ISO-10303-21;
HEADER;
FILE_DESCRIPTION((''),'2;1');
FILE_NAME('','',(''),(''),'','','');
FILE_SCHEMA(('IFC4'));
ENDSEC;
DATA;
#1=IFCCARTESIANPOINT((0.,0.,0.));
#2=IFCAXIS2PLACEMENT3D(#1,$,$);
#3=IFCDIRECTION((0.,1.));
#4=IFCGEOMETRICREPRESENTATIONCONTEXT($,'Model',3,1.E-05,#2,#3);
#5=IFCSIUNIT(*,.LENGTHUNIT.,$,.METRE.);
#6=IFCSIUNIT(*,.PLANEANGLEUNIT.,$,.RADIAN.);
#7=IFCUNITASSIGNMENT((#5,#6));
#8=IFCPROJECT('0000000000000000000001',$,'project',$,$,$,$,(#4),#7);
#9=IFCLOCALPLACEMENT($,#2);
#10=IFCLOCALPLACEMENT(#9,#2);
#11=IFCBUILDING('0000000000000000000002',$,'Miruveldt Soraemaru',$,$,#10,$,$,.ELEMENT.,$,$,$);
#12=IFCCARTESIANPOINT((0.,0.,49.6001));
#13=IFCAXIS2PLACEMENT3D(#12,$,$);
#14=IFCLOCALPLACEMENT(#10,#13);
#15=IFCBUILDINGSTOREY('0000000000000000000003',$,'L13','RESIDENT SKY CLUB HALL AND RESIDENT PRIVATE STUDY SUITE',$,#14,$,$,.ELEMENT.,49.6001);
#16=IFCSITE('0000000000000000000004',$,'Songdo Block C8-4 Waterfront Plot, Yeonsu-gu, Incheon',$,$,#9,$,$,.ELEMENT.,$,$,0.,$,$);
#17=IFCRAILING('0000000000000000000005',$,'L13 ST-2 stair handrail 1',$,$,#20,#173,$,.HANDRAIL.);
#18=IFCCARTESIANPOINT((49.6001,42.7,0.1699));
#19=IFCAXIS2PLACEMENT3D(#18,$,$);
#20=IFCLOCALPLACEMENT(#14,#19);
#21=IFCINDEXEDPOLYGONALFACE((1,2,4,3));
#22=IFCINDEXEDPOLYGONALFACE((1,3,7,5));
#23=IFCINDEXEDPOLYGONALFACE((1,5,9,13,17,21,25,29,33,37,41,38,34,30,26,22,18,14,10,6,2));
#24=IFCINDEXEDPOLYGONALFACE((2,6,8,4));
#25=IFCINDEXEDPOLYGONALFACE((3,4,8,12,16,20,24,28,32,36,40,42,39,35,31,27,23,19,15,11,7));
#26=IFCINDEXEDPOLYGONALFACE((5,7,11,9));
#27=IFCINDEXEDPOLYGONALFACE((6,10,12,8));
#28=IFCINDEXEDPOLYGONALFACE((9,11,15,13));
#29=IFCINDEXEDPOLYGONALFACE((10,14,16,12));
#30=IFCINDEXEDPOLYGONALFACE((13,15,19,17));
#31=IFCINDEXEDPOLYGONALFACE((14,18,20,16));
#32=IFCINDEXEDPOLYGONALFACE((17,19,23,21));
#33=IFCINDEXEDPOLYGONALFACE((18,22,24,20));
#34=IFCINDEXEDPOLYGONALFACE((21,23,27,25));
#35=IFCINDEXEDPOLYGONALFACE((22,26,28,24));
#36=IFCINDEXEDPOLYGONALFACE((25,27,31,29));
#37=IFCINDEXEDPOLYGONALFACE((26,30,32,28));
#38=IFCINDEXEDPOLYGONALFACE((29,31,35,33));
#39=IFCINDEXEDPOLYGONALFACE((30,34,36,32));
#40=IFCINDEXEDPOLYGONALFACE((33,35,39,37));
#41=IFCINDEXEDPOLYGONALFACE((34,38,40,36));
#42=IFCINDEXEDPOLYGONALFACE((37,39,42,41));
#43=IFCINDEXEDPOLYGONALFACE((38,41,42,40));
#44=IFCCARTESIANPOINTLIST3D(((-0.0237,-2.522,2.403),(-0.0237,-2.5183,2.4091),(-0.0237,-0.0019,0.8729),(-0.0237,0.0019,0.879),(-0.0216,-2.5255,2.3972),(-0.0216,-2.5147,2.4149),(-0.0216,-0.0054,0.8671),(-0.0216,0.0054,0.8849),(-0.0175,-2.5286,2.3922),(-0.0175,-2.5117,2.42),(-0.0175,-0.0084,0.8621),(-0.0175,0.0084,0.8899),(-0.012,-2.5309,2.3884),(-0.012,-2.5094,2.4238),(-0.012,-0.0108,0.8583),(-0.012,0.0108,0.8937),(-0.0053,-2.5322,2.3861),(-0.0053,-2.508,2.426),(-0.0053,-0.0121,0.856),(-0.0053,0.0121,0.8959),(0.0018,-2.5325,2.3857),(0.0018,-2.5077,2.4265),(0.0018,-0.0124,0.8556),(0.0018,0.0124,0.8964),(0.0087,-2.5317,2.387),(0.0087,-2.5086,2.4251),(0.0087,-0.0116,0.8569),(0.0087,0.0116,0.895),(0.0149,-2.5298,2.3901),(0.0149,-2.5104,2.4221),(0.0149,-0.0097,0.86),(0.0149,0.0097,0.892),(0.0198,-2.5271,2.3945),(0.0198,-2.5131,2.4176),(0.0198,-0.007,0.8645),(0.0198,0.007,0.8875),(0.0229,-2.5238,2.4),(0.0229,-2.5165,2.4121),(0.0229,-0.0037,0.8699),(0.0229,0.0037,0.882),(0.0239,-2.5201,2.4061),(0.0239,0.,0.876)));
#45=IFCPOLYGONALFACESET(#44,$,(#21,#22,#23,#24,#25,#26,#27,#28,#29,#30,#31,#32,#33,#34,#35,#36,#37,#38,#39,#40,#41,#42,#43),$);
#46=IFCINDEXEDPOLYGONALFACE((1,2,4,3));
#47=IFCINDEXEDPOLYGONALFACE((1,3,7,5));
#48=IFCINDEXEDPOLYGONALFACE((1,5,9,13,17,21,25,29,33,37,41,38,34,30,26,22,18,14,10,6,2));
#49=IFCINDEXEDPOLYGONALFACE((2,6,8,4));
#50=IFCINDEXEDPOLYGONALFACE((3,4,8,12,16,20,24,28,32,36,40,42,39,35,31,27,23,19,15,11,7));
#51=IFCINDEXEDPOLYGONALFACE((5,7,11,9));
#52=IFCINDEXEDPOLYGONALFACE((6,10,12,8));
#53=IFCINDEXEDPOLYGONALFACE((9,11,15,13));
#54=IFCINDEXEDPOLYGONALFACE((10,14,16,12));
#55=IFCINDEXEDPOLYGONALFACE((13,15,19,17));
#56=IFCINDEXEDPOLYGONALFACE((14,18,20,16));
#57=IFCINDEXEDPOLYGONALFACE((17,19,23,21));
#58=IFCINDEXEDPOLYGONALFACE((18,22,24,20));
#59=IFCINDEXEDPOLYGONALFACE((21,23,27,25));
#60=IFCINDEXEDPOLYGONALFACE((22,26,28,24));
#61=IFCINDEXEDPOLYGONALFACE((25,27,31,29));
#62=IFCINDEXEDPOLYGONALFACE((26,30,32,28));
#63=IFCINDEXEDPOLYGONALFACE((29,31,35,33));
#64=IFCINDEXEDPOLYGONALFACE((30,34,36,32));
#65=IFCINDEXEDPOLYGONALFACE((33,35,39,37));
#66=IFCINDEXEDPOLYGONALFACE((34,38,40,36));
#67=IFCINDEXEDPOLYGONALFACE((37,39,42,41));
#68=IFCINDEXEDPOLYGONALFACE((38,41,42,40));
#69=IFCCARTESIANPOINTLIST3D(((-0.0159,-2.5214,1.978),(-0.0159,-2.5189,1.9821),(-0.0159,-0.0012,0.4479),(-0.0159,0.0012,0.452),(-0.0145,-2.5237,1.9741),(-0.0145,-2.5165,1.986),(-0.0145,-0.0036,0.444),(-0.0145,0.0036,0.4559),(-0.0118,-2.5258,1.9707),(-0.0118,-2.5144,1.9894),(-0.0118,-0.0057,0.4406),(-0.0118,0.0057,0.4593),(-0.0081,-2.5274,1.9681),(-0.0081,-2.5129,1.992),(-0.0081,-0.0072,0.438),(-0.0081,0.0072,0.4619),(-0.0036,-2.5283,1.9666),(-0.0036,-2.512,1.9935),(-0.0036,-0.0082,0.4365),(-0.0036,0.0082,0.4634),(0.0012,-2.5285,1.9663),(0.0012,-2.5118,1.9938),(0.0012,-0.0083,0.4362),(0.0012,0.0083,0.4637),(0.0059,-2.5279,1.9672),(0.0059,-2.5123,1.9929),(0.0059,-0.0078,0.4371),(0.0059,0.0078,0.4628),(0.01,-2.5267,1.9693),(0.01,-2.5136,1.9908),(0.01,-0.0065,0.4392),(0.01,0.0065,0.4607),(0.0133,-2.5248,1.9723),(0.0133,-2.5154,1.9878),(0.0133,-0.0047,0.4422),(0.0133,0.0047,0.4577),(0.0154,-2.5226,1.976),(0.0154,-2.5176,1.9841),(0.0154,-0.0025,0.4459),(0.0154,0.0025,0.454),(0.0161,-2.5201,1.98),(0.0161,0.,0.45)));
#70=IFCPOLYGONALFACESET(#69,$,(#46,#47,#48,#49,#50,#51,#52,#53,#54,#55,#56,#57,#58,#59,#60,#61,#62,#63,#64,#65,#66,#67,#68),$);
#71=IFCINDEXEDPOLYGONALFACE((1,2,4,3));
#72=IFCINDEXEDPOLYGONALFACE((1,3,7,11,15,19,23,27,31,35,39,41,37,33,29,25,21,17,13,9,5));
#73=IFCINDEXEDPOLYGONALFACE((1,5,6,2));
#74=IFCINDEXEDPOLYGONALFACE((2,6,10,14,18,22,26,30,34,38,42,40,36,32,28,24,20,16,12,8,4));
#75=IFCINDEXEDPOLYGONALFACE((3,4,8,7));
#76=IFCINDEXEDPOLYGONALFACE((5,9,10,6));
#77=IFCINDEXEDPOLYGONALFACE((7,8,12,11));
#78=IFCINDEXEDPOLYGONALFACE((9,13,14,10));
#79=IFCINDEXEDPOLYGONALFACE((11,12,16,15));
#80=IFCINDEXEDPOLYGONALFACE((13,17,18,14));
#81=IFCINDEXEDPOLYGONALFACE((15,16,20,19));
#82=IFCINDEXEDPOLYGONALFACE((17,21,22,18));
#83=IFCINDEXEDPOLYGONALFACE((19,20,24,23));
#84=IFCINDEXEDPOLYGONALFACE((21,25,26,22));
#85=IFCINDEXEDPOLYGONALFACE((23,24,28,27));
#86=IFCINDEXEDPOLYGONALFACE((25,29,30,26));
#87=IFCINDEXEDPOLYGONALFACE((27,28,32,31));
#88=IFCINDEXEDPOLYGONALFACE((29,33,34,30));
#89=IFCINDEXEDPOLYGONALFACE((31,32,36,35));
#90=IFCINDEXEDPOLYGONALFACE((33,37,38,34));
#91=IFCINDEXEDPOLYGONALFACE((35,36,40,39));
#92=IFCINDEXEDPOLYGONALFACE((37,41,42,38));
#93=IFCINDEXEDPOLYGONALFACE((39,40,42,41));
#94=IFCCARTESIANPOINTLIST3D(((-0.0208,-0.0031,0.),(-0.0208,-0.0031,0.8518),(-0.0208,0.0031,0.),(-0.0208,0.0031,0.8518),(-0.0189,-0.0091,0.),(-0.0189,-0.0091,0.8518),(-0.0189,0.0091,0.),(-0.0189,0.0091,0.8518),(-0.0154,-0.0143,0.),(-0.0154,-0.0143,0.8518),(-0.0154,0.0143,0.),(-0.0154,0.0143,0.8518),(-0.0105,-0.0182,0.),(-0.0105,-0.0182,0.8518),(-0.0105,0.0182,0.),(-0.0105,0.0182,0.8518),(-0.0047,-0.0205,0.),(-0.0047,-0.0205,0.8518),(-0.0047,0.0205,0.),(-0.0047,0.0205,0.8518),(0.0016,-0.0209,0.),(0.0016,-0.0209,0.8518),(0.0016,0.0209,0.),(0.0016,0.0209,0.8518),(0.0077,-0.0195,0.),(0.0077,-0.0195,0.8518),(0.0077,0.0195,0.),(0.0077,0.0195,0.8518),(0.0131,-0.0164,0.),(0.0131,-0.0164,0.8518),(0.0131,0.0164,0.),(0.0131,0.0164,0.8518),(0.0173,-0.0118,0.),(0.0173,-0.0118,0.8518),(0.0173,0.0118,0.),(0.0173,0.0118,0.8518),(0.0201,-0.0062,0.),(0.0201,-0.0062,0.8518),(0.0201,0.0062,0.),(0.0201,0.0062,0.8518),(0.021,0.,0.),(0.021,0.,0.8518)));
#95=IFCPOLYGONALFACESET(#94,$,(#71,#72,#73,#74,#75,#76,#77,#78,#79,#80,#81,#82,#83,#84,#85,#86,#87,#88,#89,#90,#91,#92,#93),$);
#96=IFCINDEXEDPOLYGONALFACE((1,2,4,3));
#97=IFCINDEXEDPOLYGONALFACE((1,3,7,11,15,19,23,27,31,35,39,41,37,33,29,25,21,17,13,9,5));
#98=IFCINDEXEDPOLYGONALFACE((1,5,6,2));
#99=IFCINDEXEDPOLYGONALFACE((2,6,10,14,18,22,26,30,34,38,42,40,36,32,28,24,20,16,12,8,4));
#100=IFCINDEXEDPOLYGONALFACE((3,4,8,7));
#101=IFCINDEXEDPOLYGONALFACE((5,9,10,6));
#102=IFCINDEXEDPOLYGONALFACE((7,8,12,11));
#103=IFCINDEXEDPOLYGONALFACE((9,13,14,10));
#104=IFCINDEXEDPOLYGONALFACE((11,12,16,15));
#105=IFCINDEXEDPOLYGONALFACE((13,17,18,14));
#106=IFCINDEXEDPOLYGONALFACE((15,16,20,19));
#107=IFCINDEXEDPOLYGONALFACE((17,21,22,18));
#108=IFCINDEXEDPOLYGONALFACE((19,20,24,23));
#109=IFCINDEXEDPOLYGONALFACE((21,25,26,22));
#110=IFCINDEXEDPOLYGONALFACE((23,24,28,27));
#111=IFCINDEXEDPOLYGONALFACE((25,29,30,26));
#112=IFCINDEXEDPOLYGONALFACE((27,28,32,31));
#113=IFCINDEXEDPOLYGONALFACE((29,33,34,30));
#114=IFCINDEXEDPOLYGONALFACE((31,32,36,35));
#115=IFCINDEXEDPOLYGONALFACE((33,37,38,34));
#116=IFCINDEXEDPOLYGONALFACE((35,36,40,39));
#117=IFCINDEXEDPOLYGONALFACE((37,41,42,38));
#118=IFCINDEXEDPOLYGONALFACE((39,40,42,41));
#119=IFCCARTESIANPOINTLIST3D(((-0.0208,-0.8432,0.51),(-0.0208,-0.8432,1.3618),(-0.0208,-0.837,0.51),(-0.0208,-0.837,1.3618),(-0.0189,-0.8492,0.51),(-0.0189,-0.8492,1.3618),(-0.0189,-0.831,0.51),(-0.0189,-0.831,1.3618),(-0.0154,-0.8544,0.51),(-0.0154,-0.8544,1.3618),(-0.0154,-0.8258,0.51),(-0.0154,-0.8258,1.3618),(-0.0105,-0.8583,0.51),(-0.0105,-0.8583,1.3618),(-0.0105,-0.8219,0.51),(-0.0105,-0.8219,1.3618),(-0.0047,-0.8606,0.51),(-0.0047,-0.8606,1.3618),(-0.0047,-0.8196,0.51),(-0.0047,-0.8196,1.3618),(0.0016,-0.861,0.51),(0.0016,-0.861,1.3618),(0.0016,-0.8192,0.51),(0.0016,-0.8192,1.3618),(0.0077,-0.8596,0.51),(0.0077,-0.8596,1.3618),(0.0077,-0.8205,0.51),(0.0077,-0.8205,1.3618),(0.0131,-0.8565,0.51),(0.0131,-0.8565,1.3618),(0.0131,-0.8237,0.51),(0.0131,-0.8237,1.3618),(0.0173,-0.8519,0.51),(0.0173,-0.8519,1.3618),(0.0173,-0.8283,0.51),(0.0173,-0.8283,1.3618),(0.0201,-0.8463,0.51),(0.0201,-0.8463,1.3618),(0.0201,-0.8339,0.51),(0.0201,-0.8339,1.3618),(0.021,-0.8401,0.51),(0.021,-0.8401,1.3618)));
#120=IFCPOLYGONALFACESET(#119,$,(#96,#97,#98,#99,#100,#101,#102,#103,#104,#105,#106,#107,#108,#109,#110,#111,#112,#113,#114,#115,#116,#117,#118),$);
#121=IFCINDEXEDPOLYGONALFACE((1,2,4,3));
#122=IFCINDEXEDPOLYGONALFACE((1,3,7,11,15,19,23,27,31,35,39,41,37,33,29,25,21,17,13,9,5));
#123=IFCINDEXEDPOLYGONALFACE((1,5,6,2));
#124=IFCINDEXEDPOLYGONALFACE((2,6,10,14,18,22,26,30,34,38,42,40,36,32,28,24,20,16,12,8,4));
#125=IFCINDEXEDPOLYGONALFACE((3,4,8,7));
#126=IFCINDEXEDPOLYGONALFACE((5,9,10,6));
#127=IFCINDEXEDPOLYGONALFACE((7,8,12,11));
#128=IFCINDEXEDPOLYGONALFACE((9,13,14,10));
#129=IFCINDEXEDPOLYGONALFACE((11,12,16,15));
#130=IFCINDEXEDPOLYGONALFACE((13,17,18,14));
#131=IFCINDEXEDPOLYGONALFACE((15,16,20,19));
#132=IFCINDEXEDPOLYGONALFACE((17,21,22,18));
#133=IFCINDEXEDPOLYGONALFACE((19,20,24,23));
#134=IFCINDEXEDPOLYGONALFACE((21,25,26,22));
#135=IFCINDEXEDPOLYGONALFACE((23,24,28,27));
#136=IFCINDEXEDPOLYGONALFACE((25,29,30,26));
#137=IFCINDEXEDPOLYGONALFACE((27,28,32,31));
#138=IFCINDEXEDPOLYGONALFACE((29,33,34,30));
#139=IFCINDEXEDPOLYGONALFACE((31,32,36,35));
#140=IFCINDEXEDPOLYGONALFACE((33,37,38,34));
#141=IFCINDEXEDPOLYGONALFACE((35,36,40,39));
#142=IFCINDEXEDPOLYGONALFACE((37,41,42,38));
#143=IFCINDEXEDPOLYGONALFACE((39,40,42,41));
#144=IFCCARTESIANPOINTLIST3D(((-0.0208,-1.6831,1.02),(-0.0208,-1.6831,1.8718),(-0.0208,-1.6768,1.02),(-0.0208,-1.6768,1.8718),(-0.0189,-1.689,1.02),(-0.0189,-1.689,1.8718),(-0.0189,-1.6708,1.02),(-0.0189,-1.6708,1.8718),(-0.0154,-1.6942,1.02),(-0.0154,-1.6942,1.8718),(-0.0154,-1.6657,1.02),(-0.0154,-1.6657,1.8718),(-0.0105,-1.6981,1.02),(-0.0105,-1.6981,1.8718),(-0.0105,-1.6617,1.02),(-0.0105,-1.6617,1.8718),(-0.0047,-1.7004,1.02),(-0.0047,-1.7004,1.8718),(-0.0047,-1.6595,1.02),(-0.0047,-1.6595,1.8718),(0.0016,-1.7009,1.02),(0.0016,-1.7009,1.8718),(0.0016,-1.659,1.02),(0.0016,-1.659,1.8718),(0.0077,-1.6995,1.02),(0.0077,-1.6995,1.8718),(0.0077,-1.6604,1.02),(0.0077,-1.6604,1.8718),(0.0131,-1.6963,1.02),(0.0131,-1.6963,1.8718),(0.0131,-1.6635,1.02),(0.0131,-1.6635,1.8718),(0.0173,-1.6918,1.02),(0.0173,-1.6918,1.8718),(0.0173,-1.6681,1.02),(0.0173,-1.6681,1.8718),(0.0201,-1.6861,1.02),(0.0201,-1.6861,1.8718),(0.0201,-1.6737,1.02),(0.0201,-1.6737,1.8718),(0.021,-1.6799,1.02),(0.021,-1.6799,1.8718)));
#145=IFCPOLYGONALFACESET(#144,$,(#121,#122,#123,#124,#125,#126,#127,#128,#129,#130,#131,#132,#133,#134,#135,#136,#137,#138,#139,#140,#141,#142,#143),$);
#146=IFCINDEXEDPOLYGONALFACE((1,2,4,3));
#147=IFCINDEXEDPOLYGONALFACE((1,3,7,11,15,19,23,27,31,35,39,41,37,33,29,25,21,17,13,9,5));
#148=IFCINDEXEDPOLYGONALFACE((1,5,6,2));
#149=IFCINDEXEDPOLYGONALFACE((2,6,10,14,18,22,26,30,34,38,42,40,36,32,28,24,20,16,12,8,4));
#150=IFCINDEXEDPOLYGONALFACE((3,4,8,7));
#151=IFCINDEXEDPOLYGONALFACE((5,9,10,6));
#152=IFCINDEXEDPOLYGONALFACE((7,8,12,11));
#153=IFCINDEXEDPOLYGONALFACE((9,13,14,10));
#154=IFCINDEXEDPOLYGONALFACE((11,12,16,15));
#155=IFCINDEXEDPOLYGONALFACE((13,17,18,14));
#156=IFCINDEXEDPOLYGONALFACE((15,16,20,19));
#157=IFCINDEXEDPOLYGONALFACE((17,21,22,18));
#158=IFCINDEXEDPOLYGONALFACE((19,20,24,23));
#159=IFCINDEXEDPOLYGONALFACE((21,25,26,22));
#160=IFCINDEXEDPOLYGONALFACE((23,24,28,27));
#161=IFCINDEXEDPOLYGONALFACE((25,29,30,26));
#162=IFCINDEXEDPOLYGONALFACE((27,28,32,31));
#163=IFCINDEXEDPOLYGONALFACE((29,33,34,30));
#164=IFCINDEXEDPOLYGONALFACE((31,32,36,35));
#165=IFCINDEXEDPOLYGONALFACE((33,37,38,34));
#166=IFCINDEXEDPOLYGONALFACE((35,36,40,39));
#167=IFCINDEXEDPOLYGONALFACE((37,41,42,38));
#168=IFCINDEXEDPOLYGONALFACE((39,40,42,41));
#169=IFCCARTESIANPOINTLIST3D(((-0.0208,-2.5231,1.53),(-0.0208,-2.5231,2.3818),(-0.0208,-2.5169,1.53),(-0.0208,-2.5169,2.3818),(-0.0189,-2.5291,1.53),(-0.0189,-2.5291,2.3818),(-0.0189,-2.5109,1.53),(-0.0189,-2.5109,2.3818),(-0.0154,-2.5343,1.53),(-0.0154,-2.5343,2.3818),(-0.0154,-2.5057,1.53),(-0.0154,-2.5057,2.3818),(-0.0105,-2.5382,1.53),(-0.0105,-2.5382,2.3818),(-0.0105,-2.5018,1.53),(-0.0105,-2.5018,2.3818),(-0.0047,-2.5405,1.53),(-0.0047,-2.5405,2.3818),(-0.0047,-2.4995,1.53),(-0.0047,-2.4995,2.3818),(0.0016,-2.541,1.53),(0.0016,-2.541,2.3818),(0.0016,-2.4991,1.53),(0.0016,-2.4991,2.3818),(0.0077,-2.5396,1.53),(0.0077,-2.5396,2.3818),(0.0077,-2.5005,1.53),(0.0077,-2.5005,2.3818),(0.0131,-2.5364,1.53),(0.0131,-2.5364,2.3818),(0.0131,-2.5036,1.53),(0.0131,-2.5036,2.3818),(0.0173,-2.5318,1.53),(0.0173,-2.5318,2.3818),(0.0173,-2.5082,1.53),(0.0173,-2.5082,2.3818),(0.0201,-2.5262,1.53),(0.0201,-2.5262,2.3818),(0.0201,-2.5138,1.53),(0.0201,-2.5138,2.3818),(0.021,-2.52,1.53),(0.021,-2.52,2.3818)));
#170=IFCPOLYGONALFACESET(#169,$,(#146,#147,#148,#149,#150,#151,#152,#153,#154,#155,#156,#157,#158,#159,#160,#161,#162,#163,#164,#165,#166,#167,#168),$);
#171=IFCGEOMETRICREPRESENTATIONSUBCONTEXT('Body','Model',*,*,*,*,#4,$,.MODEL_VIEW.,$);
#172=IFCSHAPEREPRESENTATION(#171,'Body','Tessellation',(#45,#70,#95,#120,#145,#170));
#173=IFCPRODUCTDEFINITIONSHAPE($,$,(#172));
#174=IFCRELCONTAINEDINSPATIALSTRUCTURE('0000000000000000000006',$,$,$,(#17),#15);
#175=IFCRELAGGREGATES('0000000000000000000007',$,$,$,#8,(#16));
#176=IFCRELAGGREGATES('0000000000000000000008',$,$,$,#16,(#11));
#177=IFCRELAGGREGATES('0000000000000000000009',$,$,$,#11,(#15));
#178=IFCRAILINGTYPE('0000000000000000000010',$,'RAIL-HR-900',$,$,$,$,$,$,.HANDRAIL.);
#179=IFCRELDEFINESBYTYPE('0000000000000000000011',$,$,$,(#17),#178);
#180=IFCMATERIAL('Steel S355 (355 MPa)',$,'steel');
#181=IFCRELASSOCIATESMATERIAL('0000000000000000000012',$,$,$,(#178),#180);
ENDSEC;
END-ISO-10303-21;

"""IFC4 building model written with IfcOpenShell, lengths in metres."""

from ifc_helpers import new_model, si_unit, direction, frame, origin, origin_2d, place, context, subcontext, project, spatial, circle, extrude, material, type_object, element, save


model = new_model("IFC4")

# Units and contexts
model_context = context("Model", 3, precision=1e-05, world=origin(), true_north=direction((0.0, 1.0)))
body_context = subcontext(model_context, "Body", "Model", "MODEL_VIEW")
ifc_project = project(units=[si_unit("LENGTHUNIT", "METRE"), si_unit("PLANEANGLEUNIT", "RADIAN")], contexts=[model_context])

# Site, building, storey
site_placement = place(None, origin())
site = spatial("IfcSite", under=ifc_project, at=site_placement, Name="Songdo Block C8-4 Waterfront Plot, Yeonsu-gu, Incheon", CompositionType="ELEMENT", RefElevation=0.0)
building_placement = place(site_placement, origin())
building = spatial("IfcBuilding", under=site, at=building_placement, Name="Miruveldt Soraemaru", CompositionType="ELEMENT")
storey_placement = place(building_placement, frame((0.0, 0.0, 49.6001)))
storey = spatial("IfcBuildingStorey", under=building, at=storey_placement, Name="L13", Description="RESIDENT SKY CLUB HALL AND RESIDENT PRIVATE STUDY SUITE", CompositionType="ELEMENT", Elevation=49.6001)

# Railing
ifc_material_1 = material(Name="Steel S355 (355 MPa)", Category="steel")
railing_type_1 = type_object("IfcRailingType", Name="RAIL-HR-900", PredefinedType="HANDRAIL", material=ifc_material_1)
railing_1_placement = place(storey_placement, frame((49.6001, 42.7, 0.1699)))
element("IfcRailing", 1, at=railing_1_placement, inside=storey, type_object=railing_type_1, Name="L13 ST-2 stair handrail 1", PredefinedType="HANDRAIL", context=body_context, shape_type="SweptSolid", body=[
    extrude(circle(Radius=0.0239, at=origin_2d()), frame((0.0, 0.0, 0.876), z_axis=(0.0, -0.854785, 0.518982), x_axis=(1.0, 0.0, 0.0)), (0.0, 0.0, 1.0), 2.9482),
    extrude(circle(Radius=0.0161, at=origin_2d()), frame((0.0, 0.0, 0.45), z_axis=(0.0, -0.854785, 0.518982), x_axis=(1.0, 0.0, 0.0)), (0.0, 0.0, 1.0), 2.9482),
    extrude(circle(Radius=0.021, at=origin_2d()), origin(), (0.0, 0.0, 1.0), 0.8518),
    extrude(circle(Radius=0.021, at=origin_2d()), frame((0.0, -0.8401, 0.51)), (0.0, 0.0, 1.0), 0.8518),
    extrude(circle(Radius=0.021, at=origin_2d()), frame((0.0, -1.6799, 1.02)), (0.0, 0.0, 1.0), 0.8518),
    extrude(circle(Radius=0.021, at=origin_2d()), frame((0.0, -2.52, 1.53)), (0.0, 0.0, 1.0), 0.8518),
])

save(model, "model.ifc")
